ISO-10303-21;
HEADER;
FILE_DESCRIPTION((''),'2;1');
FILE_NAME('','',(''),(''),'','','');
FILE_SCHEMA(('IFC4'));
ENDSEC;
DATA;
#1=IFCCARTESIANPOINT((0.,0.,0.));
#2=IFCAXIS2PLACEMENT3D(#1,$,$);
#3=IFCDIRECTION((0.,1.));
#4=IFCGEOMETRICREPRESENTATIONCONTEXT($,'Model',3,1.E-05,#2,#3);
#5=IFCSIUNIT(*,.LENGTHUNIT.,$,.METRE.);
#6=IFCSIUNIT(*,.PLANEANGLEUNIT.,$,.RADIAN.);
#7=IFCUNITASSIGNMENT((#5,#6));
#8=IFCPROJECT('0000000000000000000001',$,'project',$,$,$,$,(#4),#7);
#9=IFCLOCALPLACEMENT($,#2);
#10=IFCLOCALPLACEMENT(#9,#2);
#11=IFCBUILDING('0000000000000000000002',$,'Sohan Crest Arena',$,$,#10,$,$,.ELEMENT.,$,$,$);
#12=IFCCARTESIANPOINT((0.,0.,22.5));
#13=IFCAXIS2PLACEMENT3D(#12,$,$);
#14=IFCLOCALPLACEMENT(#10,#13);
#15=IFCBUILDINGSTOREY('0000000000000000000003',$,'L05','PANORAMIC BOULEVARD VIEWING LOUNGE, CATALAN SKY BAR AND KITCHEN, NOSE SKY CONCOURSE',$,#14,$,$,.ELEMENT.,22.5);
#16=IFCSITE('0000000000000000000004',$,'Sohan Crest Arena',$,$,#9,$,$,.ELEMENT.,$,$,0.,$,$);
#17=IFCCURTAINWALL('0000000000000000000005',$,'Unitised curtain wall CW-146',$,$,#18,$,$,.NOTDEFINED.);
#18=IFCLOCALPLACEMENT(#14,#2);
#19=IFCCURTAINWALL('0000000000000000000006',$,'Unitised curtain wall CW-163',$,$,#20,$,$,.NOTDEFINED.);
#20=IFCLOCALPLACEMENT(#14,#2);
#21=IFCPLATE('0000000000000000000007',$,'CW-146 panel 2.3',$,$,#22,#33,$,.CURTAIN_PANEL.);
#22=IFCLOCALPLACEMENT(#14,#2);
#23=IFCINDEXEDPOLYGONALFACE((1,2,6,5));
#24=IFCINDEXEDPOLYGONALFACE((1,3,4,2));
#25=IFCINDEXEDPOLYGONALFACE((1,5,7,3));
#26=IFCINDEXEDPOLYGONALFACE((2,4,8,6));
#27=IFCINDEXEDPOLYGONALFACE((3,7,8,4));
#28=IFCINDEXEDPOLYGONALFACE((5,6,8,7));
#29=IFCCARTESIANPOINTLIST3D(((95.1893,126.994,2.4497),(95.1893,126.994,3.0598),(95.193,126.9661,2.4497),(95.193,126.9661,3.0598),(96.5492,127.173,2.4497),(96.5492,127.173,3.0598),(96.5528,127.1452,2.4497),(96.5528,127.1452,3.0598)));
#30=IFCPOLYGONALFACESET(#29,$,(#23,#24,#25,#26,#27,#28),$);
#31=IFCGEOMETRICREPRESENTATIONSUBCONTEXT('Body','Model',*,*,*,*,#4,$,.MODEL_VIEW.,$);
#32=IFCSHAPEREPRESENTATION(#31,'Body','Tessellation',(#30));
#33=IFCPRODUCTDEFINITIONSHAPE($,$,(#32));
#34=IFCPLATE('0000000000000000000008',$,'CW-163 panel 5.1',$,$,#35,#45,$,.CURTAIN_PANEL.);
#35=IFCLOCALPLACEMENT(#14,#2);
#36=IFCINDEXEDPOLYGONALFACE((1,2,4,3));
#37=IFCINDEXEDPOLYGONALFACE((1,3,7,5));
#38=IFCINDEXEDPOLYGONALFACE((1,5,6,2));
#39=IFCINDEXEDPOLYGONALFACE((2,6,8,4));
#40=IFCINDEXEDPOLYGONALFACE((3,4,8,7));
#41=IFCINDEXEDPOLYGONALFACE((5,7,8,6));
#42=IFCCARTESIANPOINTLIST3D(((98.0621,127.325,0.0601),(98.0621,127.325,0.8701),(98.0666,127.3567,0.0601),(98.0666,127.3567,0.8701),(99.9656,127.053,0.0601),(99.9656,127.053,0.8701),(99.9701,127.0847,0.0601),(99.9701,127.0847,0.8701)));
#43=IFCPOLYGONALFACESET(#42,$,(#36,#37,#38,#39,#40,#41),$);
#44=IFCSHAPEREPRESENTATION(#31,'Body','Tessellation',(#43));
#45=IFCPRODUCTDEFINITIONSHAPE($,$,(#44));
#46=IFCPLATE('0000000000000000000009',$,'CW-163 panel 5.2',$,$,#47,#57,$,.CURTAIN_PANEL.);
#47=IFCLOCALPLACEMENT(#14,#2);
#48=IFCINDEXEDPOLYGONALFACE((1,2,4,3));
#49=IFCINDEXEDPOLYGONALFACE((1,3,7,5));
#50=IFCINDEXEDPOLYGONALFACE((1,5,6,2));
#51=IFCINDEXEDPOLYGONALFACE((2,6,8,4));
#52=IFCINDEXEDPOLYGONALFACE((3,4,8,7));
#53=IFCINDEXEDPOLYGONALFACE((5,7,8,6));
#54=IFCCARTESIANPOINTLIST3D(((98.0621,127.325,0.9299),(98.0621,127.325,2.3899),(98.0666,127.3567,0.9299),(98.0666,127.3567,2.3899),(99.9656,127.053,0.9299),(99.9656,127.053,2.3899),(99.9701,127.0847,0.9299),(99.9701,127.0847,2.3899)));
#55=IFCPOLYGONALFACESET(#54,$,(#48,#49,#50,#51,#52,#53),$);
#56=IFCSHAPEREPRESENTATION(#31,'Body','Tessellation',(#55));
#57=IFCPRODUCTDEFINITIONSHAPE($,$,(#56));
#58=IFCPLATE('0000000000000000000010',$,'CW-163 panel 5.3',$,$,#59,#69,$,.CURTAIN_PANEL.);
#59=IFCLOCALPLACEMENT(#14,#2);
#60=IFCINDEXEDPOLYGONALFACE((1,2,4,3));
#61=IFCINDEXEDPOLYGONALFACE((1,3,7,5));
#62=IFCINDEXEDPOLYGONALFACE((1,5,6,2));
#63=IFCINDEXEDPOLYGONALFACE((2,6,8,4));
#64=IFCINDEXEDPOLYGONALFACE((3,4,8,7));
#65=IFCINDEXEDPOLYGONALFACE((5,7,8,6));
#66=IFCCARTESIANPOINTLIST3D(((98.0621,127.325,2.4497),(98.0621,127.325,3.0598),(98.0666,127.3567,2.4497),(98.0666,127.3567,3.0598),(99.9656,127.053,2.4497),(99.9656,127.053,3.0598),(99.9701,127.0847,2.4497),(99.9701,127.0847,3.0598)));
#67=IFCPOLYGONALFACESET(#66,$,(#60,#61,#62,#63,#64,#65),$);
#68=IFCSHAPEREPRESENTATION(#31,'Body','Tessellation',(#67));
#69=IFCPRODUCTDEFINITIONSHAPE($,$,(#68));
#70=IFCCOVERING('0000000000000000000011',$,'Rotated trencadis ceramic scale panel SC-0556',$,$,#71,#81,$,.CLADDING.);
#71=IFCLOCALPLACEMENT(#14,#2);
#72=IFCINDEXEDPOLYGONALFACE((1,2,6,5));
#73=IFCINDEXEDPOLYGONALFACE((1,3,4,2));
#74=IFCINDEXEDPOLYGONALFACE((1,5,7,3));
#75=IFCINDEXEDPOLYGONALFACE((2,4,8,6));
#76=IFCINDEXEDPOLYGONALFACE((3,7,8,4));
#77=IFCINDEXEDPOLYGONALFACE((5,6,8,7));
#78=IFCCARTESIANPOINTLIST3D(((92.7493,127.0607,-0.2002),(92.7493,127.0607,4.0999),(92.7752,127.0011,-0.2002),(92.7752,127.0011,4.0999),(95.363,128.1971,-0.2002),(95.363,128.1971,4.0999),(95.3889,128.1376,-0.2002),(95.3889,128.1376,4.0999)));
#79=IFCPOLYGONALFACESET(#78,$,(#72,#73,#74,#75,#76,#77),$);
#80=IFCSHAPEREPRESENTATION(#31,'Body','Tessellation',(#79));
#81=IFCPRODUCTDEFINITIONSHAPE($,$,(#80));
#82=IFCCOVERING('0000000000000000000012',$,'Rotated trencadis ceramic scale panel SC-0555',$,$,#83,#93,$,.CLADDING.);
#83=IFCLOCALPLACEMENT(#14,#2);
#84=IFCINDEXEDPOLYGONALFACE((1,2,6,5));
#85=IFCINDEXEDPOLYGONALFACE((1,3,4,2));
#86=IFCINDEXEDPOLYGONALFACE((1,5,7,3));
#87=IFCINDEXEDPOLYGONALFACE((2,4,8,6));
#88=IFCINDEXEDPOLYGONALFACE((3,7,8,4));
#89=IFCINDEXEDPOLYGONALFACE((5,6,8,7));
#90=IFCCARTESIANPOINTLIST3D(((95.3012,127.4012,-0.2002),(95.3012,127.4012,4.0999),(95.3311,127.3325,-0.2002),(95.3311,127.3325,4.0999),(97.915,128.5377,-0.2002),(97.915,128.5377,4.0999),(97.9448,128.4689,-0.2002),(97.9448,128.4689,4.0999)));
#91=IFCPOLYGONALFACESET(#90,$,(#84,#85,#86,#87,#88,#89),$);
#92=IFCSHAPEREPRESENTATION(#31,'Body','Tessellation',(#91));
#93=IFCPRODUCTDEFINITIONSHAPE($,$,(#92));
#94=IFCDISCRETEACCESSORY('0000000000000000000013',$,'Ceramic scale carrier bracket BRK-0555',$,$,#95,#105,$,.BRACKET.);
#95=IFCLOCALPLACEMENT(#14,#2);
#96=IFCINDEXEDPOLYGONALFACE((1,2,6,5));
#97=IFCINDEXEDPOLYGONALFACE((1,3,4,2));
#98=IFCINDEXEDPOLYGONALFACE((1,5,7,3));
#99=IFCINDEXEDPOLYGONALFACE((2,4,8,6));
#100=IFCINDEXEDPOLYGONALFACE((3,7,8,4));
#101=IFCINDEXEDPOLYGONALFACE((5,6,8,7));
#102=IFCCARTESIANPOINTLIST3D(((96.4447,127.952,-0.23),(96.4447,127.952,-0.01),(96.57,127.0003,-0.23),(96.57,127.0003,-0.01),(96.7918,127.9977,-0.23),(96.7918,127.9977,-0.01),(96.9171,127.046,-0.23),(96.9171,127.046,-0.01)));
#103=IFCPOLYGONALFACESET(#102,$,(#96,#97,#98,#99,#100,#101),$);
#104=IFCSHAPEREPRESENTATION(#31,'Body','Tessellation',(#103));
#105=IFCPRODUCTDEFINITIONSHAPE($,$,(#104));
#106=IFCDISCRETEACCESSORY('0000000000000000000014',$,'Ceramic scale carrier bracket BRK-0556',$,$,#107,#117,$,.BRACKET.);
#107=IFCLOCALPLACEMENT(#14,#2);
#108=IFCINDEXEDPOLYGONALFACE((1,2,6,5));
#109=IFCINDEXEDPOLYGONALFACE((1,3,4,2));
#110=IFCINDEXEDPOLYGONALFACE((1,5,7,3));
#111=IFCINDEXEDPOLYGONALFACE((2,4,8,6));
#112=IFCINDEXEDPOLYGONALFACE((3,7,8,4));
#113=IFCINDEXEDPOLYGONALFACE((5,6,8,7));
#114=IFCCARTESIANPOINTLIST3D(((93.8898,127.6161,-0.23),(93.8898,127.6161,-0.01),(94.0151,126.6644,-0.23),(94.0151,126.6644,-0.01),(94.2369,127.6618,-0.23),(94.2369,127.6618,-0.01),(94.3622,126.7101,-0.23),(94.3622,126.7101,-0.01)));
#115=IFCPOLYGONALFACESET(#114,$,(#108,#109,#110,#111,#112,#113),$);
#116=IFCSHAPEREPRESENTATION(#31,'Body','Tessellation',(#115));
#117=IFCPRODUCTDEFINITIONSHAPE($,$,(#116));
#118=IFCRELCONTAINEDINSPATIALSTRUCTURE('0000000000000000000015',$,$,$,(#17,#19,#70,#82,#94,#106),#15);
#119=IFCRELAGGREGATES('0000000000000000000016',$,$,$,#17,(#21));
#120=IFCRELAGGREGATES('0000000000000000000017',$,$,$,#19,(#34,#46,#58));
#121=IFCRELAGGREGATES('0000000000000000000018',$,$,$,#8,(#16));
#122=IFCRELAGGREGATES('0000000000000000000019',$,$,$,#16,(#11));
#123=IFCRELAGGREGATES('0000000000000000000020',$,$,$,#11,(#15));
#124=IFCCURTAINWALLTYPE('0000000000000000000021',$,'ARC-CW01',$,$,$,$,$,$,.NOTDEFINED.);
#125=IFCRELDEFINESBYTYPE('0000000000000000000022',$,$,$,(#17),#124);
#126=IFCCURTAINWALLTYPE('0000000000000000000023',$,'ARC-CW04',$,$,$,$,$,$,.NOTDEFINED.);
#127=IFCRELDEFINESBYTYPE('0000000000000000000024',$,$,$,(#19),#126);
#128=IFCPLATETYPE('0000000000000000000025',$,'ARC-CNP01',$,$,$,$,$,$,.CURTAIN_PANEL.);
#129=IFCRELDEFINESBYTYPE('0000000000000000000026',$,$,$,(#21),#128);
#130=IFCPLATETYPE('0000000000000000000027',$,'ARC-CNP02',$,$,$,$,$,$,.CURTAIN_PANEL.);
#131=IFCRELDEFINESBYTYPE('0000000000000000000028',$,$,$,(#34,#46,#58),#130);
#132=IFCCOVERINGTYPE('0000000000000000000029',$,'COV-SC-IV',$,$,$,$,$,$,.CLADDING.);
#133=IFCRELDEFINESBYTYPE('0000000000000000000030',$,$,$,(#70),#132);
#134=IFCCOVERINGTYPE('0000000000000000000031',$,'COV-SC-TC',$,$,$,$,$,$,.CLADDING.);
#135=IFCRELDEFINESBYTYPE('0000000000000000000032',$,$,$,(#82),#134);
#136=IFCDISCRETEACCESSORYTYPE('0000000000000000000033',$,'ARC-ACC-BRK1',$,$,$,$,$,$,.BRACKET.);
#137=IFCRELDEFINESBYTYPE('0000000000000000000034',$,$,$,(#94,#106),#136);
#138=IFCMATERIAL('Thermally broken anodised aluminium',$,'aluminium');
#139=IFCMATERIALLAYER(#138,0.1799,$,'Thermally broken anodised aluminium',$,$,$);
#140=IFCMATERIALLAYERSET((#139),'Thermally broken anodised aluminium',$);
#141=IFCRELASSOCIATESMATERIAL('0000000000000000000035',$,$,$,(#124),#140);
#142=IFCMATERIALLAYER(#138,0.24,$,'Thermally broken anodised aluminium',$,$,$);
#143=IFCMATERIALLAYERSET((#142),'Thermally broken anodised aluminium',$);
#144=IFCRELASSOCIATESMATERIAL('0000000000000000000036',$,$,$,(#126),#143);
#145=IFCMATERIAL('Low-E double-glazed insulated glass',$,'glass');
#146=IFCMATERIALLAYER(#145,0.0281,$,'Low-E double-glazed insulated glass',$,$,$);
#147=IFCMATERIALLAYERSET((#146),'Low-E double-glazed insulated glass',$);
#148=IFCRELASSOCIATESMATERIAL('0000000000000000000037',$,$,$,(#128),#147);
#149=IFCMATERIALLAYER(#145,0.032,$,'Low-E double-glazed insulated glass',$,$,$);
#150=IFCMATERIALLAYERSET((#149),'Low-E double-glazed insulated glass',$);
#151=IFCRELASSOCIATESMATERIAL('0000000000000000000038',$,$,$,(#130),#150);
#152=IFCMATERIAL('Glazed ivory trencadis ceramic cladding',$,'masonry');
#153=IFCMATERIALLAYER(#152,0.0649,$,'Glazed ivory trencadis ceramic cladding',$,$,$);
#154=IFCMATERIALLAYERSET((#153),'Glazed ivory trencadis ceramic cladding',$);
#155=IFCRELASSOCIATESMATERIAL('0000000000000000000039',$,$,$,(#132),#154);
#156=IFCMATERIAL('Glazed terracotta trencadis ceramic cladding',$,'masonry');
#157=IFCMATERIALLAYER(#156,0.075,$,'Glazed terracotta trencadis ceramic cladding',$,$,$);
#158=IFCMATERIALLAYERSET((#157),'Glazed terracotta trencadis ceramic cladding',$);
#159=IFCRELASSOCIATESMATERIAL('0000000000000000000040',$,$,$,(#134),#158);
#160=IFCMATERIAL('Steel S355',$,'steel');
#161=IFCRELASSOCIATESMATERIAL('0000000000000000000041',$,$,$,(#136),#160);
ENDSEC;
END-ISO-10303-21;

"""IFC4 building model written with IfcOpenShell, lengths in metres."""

from ifc_helpers import new_model, si_unit, direction, frame, origin, origin_2d, place, context, subcontext, project, spatial, rectangle, extrude, material, layer, layer_set, type_object, element, aggregate, save


model = new_model("IFC4")

# Units and contexts
model_context = context("Model", 3, precision=1e-05, world=origin(), true_north=direction((0.0, 1.0)))
body_context = subcontext(model_context, "Body", "Model", "MODEL_VIEW")
ifc_project = project(units=[si_unit("LENGTHUNIT", "METRE"), si_unit("PLANEANGLEUNIT", "RADIAN")], contexts=[model_context])

# Site, building, storey
site_placement = place(None, origin())
site = spatial("IfcSite", under=ifc_project, at=site_placement, Name="Sohan Crest Arena", CompositionType="ELEMENT", RefElevation=0.0)
building_placement = place(site_placement, origin())
building = spatial("IfcBuilding", under=site, at=building_placement, Name="Sohan Crest Arena", CompositionType="ELEMENT")
storey_placement = place(building_placement, frame((0.0, 0.0, 22.5)))
storey = spatial("IfcBuildingStorey", under=building, at=storey_placement, Name="L05", Description="PANORAMIC BOULEVARD VIEWING LOUNGE, CATALAN SKY BAR AND KITCHEN, NOSE SKY CONCOURSE", CompositionType="ELEMENT", Elevation=22.5)

# Curtain wall
ifc_material_1 = material(Name="Thermally broken anodised aluminium", Category="aluminium")
ifc_layer_1 = layer(ifc_material_1, 0.1799, Name="Thermally broken anodised aluminium")
ifc_layer_set_1 = layer_set([ifc_layer_1], Name="Thermally broken anodised aluminium")
curtain_wall_type_1 = type_object("IfcCurtainWallType", Name="ARC-CW01", PredefinedType="NOTDEFINED", material=ifc_layer_set_1)
curtain_wall_1_placement = place(storey_placement, origin())
curtain_wall_1 = element("IfcCurtainWall", 1, at=curtain_wall_1_placement, inside=storey, type_object=curtain_wall_type_1, Name="Unitised curtain wall CW-146", PredefinedType="NOTDEFINED")

# Curtain wall
ifc_layer_2 = layer(ifc_material_1, 0.24, Name="Thermally broken anodised aluminium")
ifc_layer_set_2 = layer_set([ifc_layer_2], Name="Thermally broken anodised aluminium")
curtain_wall_type_2 = type_object("IfcCurtainWallType", Name="ARC-CW04", PredefinedType="NOTDEFINED", material=ifc_layer_set_2)
curtain_wall_2_placement = place(storey_placement, origin())
curtain_wall_2 = element("IfcCurtainWall", 2, at=curtain_wall_2_placement, inside=storey, type_object=curtain_wall_type_2, Name="Unitised curtain wall CW-163", PredefinedType="NOTDEFINED")

# Plates
ifc_material_2 = material(Name="Low-E double-glazed insulated glass", Category="glass")
ifc_layer_3 = layer(ifc_material_2, 0.0281, Name="Low-E double-glazed insulated glass")
ifc_layer_set_3 = layer_set([ifc_layer_3], Name="Low-E double-glazed insulated glass")
plate_type_1 = type_object("IfcPlateType", Name="ARC-CNP01", PredefinedType="CURTAIN_PANEL", material=ifc_layer_set_3)
plate_1_placement = place(storey_placement, frame((95.8711, 127.0696, 2.4497), z_axis=(0.0, 0.0, 1.0), x_axis=(-0.991441, -0.130557, 0.0)))
plate_1 = element("IfcPlate", 3, at=plate_1_placement, type_object=plate_type_1, Name="CW-146 panel 2.3", PredefinedType="CURTAIN_PANEL", context=body_context, shape_type="SweptSolid", body=[
    extrude(rectangle(XDim=1.3716, YDim=0.0281, at=origin_2d()), origin(), (0.0, 0.0, 1.0), 0.6101),
])
aggregate(curtain_wall_1, [plate_1])
ifc_layer_4 = layer(ifc_material_2, 0.032, Name="Low-E double-glazed insulated glass")
ifc_layer_set_4 = layer_set([ifc_layer_4], Name="Low-E double-glazed insulated glass")
plate_type_2 = type_object("IfcPlateType", Name="ARC-CNP02", PredefinedType="CURTAIN_PANEL", material=ifc_layer_set_4)
plate_2_placement = place(storey_placement, frame((99.0161, 127.2048, 0.0601), z_axis=(0.0, 0.0, 1.0), x_axis=(-0.989944, 0.141463, 0.0)))
plate_2 = element("IfcPlate", 4, at=plate_2_placement, type_object=plate_type_2, Name="CW-163 panel 5.1", PredefinedType="CURTAIN_PANEL", context=body_context, shape_type="SweptSolid", body=[
    extrude(rectangle(XDim=1.9229, YDim=0.032, at=origin_2d()), origin(), (0.0, 0.0, 1.0), 0.8101),
])
plate_3_placement = place(storey_placement, frame((99.0161, 127.2048, 0.9299), z_axis=(0.0, 0.0, 1.0), x_axis=(-0.989944, 0.141463, 0.0)))
plate_3 = element("IfcPlate", 5, at=plate_3_placement, type_object=plate_type_2, Name="CW-163 panel 5.2", PredefinedType="CURTAIN_PANEL", context=body_context, shape_type="SweptSolid", body=[
    extrude(rectangle(XDim=1.9229, YDim=0.032, at=origin_2d()), origin(), (0.0, 0.0, 1.0), 1.46),
])
plate_4_placement = place(storey_placement, frame((99.0161, 127.2048, 2.4497), z_axis=(0.0, 0.0, 1.0), x_axis=(-0.989944, 0.141463, 0.0)))
plate_4 = element("IfcPlate", 6, at=plate_4_placement, type_object=plate_type_2, Name="CW-163 panel 5.3", PredefinedType="CURTAIN_PANEL", context=body_context, shape_type="SweptSolid", body=[
    extrude(rectangle(XDim=1.9229, YDim=0.032, at=origin_2d()), origin(), (0.0, 0.0, 1.0), 0.6101),
])
aggregate(curtain_wall_2, [plate_2, plate_3, plate_4])

# Coverings
ifc_material_3 = material(Name="Glazed ivory trencadis ceramic cladding", Category="masonry")
ifc_layer_5 = layer(ifc_material_3, 0.0649, Name="Glazed ivory trencadis ceramic cladding")
ifc_layer_set_5 = layer_set([ifc_layer_5], Name="Glazed ivory trencadis ceramic cladding")
covering_type_1 = type_object("IfcCoveringType", Name="COV-SC-IV", PredefinedType="CLADDING", material=ifc_layer_set_5)
covering_1_placement = place(storey_placement, frame((94.0691, 127.5991, -0.2002), z_axis=(0.0, 0.0, 1.0), x_axis=(-0.91706, -0.398749, 0.0)))
element("IfcCovering", 7, at=covering_1_placement, inside=storey, type_object=covering_type_1, Name="Rotated trencadis ceramic scale panel SC-0556", PredefinedType="CLADDING", context=body_context, shape_type="SweptSolid", body=[
    extrude(rectangle(XDim=2.8501, YDim=0.0649, at=origin_2d()), origin(), (0.0, 0.0, 1.0), 4.3),
])
ifc_material_4 = material(Name="Glazed terracotta trencadis ceramic cladding", Category="masonry")
ifc_layer_6 = layer(ifc_material_4, 0.075, Name="Glazed terracotta trencadis ceramic cladding")
ifc_layer_set_6 = layer_set([ifc_layer_6], Name="Glazed terracotta trencadis ceramic cladding")
covering_type_2 = type_object("IfcCoveringType", Name="COV-SC-TC", PredefinedType="CLADDING", material=ifc_layer_set_6)
covering_2_placement = place(storey_placement, frame((96.623, 127.9351, -0.2002), z_axis=(0.0, 0.0, 1.0), x_axis=(-0.91706, -0.398749, 0.0)))
element("IfcCovering", 8, at=covering_2_placement, inside=storey, type_object=covering_type_2, Name="Rotated trencadis ceramic scale panel SC-0555", PredefinedType="CLADDING", context=body_context, shape_type="SweptSolid", body=[
    extrude(rectangle(XDim=2.8501, YDim=0.075, at=origin_2d()), origin(), (0.0, 0.0, 1.0), 4.3),
])

# Discrete accessories
ifc_material_5 = material(Name="Steel S355", Category="steel")
discrete_accessory_type = type_object("IfcDiscreteAccessoryType", Name="ARC-ACC-BRK1", PredefinedType="BRACKET", material=ifc_material_5)
for number, where, z_axis, x_axis, name in (
    (9, (96.6809, 127.499, -0.23), (0.0, 0.0, 1.0), (-0.991445, -0.130526, 0.0), "Ceramic scale carrier bracket BRK-0555"),
    (10, (94.126, 127.1631, -0.23), (0.0, 0.0, 1.0), (-0.991445, -0.130526, 0.0), "Ceramic scale carrier bracket BRK-0556"),
):
    element("IfcDiscreteAccessory", number, at=place(storey_placement, frame(where, z_axis=z_axis, x_axis=x_axis)), inside=storey, type_object=discrete_accessory_type, Name=name, PredefinedType="BRACKET", context=body_context, shape_type="SweptSolid", body=[
        extrude(rectangle(XDim=0.3501, YDim=0.96, at=origin_2d()), origin(), (0.0, 0.0, 1.0), 0.22),
    ])

save(model, "model.ifc")
